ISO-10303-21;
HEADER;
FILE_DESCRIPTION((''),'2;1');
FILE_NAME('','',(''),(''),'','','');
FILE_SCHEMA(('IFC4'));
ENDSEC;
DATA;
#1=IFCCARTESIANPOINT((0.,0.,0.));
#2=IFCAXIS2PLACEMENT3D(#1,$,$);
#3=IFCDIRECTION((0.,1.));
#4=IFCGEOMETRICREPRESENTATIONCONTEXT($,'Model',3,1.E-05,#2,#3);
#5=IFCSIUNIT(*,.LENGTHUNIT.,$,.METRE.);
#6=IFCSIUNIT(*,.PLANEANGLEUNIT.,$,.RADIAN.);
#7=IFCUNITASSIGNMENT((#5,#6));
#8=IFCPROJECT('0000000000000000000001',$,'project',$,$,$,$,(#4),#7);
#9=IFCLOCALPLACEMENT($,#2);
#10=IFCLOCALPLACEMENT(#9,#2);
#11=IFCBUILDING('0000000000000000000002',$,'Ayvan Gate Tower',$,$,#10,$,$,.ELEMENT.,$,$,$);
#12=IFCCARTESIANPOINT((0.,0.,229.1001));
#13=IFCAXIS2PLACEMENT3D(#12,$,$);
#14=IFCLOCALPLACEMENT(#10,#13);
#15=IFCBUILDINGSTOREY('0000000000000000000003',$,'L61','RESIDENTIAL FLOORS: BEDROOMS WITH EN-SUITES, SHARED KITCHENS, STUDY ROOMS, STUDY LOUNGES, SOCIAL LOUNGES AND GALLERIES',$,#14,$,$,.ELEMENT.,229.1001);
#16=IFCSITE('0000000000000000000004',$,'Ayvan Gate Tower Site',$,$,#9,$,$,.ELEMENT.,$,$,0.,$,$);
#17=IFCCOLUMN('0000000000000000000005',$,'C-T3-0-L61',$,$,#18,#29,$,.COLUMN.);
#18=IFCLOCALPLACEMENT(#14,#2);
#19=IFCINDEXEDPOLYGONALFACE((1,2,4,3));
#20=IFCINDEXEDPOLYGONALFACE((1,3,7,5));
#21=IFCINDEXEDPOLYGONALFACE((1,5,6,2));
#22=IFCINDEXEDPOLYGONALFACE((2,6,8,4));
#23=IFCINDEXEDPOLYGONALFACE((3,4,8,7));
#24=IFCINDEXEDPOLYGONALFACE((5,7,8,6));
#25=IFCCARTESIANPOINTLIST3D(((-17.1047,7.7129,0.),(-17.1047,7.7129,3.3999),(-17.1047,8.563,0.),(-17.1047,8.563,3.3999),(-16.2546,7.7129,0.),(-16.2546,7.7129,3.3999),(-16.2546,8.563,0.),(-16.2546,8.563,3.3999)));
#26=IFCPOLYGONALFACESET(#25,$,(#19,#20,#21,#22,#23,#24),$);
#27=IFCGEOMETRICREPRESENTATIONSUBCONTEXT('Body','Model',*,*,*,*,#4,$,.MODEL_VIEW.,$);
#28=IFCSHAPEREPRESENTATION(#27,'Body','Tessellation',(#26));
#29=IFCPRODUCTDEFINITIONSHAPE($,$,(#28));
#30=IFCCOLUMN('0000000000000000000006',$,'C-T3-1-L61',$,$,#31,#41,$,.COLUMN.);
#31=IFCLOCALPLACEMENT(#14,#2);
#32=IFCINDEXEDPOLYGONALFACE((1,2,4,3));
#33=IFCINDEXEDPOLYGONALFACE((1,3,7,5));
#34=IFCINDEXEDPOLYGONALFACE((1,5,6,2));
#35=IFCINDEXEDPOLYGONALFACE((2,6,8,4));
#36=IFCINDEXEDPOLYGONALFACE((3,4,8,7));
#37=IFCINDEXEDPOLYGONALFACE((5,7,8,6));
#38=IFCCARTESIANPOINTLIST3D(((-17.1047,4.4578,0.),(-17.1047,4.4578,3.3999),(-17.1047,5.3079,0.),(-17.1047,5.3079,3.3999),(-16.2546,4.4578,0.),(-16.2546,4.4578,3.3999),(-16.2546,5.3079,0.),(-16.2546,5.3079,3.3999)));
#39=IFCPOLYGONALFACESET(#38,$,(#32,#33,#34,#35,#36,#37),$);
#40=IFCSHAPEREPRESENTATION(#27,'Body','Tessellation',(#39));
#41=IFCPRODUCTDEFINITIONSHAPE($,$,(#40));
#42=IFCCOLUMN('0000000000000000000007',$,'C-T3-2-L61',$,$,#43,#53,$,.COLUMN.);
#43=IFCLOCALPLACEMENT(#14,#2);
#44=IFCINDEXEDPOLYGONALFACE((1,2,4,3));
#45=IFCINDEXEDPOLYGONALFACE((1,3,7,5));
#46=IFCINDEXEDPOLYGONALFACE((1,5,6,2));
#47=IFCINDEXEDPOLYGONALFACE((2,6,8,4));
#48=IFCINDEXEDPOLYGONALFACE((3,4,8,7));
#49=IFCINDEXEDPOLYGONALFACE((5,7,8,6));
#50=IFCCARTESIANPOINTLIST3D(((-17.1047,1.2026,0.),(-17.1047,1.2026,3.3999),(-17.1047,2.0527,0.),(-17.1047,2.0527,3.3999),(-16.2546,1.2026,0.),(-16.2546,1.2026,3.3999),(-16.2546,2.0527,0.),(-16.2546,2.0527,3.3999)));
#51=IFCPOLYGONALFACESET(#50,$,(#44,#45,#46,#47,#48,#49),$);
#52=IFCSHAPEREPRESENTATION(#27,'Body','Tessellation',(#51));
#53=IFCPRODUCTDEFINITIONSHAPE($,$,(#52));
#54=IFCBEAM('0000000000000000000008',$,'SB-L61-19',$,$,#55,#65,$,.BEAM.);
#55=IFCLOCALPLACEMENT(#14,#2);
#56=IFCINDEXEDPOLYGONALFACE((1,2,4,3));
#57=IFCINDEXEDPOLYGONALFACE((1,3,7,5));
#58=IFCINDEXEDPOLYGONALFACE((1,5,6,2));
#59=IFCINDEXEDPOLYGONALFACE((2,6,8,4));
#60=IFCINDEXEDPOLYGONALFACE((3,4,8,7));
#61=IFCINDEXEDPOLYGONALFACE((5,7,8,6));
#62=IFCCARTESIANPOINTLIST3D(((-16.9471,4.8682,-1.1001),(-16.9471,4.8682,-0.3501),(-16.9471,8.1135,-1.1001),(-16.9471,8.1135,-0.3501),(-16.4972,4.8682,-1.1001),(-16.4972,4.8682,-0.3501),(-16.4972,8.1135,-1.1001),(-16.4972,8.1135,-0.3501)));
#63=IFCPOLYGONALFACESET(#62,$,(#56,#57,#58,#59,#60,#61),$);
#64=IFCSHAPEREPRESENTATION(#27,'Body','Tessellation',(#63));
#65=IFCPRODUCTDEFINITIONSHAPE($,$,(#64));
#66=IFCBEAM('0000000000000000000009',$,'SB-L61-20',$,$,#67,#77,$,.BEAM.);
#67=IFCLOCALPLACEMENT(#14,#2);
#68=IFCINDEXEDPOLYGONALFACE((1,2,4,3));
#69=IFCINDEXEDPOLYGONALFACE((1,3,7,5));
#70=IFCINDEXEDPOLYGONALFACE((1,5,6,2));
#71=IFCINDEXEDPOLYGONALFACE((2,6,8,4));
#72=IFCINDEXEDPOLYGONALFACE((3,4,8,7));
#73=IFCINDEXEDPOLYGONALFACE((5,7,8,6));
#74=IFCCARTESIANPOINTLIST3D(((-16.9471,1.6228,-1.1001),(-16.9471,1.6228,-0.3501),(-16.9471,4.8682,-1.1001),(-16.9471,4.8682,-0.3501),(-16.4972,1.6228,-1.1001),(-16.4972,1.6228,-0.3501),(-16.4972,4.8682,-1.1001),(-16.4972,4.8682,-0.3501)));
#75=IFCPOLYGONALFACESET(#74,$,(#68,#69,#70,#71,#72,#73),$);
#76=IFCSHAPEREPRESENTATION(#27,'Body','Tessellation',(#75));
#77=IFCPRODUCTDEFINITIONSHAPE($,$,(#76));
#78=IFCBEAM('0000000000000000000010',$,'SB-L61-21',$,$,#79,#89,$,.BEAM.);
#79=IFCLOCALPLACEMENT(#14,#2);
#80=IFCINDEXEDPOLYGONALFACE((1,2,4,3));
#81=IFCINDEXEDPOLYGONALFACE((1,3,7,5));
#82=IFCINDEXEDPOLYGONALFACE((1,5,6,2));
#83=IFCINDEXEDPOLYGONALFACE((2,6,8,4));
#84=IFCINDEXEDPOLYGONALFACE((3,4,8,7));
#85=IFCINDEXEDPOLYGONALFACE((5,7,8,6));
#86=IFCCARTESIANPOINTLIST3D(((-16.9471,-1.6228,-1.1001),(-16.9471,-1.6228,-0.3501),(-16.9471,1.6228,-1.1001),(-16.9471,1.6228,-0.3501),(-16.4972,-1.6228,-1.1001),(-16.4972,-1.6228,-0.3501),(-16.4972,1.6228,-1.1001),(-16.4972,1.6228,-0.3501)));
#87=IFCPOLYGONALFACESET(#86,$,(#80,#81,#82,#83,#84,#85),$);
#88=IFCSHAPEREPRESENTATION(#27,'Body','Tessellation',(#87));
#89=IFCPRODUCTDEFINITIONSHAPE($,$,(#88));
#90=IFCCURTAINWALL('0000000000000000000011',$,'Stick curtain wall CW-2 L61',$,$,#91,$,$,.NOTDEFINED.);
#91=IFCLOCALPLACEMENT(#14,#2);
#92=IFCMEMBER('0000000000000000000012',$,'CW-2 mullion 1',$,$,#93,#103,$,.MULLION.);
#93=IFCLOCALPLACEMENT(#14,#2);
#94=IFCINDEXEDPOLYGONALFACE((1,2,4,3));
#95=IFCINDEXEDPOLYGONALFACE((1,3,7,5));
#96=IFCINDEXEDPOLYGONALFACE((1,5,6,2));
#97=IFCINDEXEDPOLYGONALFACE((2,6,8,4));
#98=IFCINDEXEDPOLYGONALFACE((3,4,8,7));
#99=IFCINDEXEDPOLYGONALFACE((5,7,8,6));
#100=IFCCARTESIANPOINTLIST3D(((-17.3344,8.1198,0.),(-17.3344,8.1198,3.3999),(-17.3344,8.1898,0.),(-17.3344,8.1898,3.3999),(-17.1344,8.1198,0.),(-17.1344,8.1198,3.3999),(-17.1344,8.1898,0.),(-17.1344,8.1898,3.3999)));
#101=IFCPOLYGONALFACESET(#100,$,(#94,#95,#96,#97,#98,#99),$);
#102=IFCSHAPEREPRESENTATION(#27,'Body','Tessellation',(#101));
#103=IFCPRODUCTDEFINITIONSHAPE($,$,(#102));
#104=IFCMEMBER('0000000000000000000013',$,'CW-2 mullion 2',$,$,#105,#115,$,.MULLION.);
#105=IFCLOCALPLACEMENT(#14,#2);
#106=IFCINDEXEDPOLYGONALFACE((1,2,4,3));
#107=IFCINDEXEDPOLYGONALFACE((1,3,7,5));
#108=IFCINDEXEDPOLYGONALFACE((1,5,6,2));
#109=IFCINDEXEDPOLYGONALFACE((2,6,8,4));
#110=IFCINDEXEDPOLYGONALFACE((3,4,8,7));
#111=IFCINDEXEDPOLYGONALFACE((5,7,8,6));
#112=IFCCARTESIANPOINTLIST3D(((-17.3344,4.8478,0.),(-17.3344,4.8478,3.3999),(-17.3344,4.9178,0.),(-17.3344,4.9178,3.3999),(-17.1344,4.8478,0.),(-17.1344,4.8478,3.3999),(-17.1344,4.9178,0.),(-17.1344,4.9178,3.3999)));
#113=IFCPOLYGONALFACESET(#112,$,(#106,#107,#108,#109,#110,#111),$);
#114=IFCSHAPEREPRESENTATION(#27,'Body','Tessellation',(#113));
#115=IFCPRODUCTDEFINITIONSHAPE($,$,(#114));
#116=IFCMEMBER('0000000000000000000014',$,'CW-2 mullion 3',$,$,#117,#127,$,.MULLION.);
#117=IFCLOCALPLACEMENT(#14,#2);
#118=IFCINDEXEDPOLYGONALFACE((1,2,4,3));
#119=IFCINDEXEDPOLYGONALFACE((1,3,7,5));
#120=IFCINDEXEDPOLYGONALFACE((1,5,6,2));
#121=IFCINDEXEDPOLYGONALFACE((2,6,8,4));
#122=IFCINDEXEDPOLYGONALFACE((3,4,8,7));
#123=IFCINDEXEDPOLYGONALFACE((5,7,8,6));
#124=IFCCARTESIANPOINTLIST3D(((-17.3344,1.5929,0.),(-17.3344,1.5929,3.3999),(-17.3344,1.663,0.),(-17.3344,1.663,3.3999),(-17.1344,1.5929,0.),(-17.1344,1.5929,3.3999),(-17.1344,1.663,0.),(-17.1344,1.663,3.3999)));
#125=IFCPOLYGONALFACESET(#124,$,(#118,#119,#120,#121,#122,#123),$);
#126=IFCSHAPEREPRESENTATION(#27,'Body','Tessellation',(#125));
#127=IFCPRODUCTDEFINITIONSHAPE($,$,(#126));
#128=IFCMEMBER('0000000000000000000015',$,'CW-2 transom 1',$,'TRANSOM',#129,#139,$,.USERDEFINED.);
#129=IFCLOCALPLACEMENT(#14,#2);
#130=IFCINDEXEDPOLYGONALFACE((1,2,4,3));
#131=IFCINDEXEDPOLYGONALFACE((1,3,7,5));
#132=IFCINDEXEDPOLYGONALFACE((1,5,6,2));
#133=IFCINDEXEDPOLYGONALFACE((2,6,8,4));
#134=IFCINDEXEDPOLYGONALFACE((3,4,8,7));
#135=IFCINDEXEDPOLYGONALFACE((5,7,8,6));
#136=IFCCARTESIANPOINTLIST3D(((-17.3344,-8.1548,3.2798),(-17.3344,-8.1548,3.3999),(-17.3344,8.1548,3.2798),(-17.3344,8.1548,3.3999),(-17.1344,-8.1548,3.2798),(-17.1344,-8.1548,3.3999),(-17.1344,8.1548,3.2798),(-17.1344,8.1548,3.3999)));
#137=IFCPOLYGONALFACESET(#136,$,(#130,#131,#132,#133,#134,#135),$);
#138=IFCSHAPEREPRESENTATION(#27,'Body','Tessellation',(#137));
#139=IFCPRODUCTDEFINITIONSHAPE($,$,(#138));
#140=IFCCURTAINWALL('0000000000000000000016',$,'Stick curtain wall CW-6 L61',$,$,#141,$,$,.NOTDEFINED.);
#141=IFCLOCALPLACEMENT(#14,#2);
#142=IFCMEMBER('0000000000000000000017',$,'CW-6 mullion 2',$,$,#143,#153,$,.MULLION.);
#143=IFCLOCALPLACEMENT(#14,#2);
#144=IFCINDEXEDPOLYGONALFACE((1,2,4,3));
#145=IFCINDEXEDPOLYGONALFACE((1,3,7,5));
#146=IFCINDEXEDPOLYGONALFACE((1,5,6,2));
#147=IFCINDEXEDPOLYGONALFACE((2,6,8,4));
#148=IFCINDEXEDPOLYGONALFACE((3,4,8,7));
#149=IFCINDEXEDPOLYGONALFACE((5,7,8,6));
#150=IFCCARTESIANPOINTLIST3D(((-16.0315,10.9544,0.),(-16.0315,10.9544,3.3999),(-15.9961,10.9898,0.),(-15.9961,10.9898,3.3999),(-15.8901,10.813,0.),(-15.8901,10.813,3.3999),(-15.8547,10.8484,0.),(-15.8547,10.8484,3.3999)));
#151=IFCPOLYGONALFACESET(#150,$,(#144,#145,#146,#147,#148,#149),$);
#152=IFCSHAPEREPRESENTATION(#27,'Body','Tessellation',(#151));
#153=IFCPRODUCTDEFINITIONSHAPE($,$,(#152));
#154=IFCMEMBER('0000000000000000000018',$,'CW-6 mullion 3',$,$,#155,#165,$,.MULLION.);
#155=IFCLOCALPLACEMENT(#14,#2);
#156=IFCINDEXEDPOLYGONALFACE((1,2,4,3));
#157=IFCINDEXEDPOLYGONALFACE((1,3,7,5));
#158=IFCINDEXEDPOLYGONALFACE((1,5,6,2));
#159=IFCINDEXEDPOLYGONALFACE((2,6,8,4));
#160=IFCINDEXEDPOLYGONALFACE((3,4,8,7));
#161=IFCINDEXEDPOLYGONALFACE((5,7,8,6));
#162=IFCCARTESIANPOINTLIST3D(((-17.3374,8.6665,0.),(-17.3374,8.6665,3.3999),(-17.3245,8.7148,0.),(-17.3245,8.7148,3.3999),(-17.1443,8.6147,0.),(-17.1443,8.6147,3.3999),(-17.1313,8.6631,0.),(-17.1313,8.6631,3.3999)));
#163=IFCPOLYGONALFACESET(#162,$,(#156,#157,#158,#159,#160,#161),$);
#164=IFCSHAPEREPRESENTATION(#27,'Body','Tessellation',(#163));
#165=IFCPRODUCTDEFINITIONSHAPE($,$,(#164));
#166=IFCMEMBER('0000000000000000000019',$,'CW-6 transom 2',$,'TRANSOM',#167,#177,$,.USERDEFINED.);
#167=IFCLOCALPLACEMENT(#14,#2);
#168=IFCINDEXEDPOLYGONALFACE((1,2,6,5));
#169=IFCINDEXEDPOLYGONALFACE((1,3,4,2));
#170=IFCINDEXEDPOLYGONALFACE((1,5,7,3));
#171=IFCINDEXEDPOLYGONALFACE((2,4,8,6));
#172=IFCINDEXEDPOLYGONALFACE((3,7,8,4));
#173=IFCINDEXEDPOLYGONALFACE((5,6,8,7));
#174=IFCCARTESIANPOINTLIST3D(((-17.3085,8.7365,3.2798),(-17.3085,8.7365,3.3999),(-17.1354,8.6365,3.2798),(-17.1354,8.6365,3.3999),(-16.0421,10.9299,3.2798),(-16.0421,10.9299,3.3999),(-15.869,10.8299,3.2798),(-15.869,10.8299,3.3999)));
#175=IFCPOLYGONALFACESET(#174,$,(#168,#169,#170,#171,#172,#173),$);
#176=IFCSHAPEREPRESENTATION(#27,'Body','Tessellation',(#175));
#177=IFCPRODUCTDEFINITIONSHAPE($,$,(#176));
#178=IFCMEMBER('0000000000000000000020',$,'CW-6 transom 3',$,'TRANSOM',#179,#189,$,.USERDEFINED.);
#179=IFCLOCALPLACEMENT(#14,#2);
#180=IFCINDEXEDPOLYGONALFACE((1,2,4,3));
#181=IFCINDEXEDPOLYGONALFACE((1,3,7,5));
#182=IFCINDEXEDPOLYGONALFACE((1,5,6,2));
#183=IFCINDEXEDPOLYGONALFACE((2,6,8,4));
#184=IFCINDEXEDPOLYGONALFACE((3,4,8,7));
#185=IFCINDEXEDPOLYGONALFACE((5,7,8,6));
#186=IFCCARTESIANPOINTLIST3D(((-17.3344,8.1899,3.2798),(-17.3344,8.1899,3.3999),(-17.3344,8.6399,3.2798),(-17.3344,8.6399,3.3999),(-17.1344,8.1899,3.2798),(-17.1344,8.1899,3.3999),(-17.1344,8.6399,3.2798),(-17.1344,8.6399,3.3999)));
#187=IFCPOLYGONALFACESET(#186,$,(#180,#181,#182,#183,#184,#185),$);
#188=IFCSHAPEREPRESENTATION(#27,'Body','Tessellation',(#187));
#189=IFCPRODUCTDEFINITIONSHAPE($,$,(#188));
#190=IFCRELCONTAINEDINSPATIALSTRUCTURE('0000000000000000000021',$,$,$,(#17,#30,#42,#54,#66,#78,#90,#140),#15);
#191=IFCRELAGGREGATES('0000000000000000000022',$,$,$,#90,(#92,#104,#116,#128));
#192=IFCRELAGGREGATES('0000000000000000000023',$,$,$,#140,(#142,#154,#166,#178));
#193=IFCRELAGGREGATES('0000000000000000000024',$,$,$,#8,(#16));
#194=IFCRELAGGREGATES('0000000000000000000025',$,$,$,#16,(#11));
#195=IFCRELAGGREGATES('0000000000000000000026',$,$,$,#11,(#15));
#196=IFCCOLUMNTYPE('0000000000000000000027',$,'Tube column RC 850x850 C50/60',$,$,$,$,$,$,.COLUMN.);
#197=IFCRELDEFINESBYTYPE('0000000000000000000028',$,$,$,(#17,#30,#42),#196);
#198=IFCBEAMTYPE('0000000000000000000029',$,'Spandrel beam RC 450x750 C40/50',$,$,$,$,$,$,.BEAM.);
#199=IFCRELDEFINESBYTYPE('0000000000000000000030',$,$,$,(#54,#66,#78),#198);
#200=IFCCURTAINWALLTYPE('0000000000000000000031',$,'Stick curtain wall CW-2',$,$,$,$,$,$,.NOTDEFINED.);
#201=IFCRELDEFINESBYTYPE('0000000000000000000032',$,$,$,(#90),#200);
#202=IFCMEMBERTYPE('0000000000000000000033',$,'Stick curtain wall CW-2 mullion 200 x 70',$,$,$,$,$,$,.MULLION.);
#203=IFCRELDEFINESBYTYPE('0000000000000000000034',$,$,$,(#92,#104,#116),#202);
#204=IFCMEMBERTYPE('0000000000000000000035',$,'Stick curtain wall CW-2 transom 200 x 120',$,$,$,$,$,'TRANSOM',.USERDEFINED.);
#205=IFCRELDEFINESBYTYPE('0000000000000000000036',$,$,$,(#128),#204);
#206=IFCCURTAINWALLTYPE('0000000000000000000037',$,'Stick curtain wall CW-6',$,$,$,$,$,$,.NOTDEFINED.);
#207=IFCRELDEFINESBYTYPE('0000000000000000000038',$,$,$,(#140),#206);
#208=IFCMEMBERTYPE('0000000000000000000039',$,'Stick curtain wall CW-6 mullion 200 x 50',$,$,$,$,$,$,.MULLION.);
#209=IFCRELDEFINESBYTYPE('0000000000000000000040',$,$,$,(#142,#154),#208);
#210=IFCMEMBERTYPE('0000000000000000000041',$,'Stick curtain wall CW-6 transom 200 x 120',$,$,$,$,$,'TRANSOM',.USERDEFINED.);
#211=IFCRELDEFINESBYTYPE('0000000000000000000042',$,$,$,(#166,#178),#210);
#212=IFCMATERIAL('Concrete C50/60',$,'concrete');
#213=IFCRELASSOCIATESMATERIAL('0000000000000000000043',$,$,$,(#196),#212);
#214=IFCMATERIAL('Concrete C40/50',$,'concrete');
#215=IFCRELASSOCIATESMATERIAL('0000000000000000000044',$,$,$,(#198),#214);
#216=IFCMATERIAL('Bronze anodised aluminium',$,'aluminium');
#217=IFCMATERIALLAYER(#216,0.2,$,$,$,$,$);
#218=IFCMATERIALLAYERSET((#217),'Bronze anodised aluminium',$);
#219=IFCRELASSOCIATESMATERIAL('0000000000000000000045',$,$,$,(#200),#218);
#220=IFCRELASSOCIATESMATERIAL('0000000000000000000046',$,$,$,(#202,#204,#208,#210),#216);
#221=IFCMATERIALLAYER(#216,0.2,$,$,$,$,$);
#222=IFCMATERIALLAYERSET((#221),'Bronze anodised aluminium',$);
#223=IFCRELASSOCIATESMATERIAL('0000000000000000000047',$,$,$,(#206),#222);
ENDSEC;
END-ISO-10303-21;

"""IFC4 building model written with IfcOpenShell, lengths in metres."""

from ifc_helpers import new_model, si_unit, direction, frame, origin, origin_2d, place, context, subcontext, project, spatial, rectangle, extrude, material, layer, layer_set, material_profile, profile_set, type_object, element, aggregate, save


model = new_model("IFC4")

# Units and contexts
model_context = context("Model", 3, precision=1e-05, world=origin(), true_north=direction((0.0, 1.0)))
body_context = subcontext(model_context, "Body", "Model", "MODEL_VIEW")
ifc_project = project(units=[si_unit("LENGTHUNIT", "METRE"), si_unit("PLANEANGLEUNIT", "RADIAN")], contexts=[model_context])

# Site, building, storey
site_placement = place(None, origin())
site = spatial("IfcSite", under=ifc_project, at=site_placement, Name="Ayvan Gate Tower Site", CompositionType="ELEMENT", RefElevation=0.0)
building_placement = place(site_placement, origin())
building = spatial("IfcBuilding", under=site, at=building_placement, Name="Ayvan Gate Tower", CompositionType="ELEMENT")
storey_placement = place(building_placement, frame((0.0, 0.0, 229.1001)))
storey = spatial("IfcBuildingStorey", under=building, at=storey_placement, Name="L61", Description="RESIDENTIAL FLOORS: BEDROOMS WITH EN-SUITES, SHARED KITCHENS, STUDY ROOMS, STUDY LOUNGES, SOCIAL LOUNGES AND GALLERIES", CompositionType="ELEMENT", Elevation=229.1001)

# Columns
ifc_material_1 = material(Name="Concrete C50/60", Category="concrete")
ifc_material_profile_1 = material_profile(ifc_material_1, rectangle(XDim=0.8501, YDim=0.8501, at=origin_2d()), Name="RC 850x850")
ifc_profile_set_1 = profile_set([ifc_material_profile_1], Name="Concrete C50/60")
column_type = type_object("IfcColumnType", Name="Tube column RC 850x850 C50/60", PredefinedType="COLUMN", material=ifc_profile_set_1)
for number, where, z_axis, x_axis, name in (
    (1, (-16.6797, 8.1379, 0.0), (0.0, 0.0, 1.0), (-1.0, 0.0, 0.0), "C-T3-0-L61"),
    (2, (-16.6797, 4.8828, 0.0), (0.0, 0.0, 1.0), (-1.0, 0.0, 0.0), "C-T3-1-L61"),
    (3, (-16.6797, 1.6277, 0.0), (0.0, 0.0, 1.0), (-1.0, 0.0, 0.0), "C-T3-2-L61"),
):
    element("IfcColumn", number, at=place(storey_placement, frame(where, z_axis=z_axis, x_axis=x_axis)), inside=storey, type_object=column_type, Name=name, PredefinedType="COLUMN", context=body_context, shape_type="SweptSolid", body=[
        extrude(rectangle(XDim=0.8501, YDim=0.8501, at=origin_2d()), origin(), (0.0, 0.0, 1.0), 3.3999),
    ])

# Beams
ifc_material_2 = material(Name="Concrete C40/50", Category="concrete")
ifc_material_profile_2 = material_profile(ifc_material_2, rectangle(XDim=0.45, YDim=0.75, at=origin_2d()), Name="RC 450x750")
ifc_profile_set_2 = profile_set([ifc_material_profile_2], Name="Concrete C40/50")
beam_type = type_object("IfcBeamType", Name="Spandrel beam RC 450x750 C40/50", PredefinedType="BEAM", material=ifc_profile_set_2)
for number, where, z_axis, x_axis, name in (
    (4, (-16.7222, 8.1135, -0.7251), (0.0, -1.0, 0.0), (1.0, 0.0, 0.0), "SB-L61-19"),
    (5, (-16.7222, 4.8682, -0.7251), (0.0, -1.0, 0.0), (1.0, 0.0, 0.0), "SB-L61-20"),
):
    element("IfcBeam", number, at=place(storey_placement, frame(where, z_axis=z_axis, x_axis=x_axis)), inside=storey, type_object=beam_type, Name=name, PredefinedType="BEAM", context=body_context, shape_type="SweptSolid", body=[
        extrude(rectangle(XDim=0.45, YDim=0.75, at=origin_2d()), origin(), (0.0, 0.0, 1.0), 3.2454),
    ])
beam_placement = place(storey_placement, frame((-16.7222, 1.6228, -0.7251), z_axis=(0.0, -1.0, 0.0), x_axis=(1.0, 0.0, 0.0)))
element("IfcBeam", 6, at=beam_placement, inside=storey, type_object=beam_type, Name="SB-L61-21", PredefinedType="BEAM", context=body_context, shape_type="SweptSolid", body=[
    extrude(rectangle(XDim=0.45, YDim=0.75, at=origin_2d()), origin(), (0.0, 0.0, 1.0), 3.2456),
])

# Curtain walls, members
ifc_material_3 = material(Name="Bronze anodised aluminium", Category="aluminium")
ifc_layer_1 = layer(ifc_material_3, 0.2)
ifc_layer_set_1 = layer_set([ifc_layer_1], Name="Bronze anodised aluminium")
curtain_wall_type_1 = type_object("IfcCurtainWallType", Name="Stick curtain wall CW-2", PredefinedType="NOTDEFINED", material=ifc_layer_set_1)
curtain_wall_1_placement = place(storey_placement, origin())
curtain_wall_1 = element("IfcCurtainWall", 7, at=curtain_wall_1_placement, inside=storey, type_object=curtain_wall_type_1, Name="Stick curtain wall CW-2 L61", PredefinedType="NOTDEFINED")
ifc_material_profile_3 = material_profile(ifc_material_3, rectangle(XDim=0.2, YDim=0.0701, at=origin_2d()), Name="Stick curtain wall CW-2 mullion 200 x 70")
ifc_profile_set_3 = profile_set([ifc_material_profile_3], Name="Bronze anodised aluminium")
member_type_1 = type_object("IfcMemberType", Name="Stick curtain wall CW-2 mullion 200 x 70", PredefinedType="MULLION", material=ifc_profile_set_3)
member_1_placement = place(storey_placement, frame((-17.2344, 8.1548, 0.0), z_axis=(0.0, 0.0, 1.0), x_axis=(-1.0, 0.0, 0.0)))
member_1 = element("IfcMember", 8, at=member_1_placement, type_object=member_type_1, Name="CW-2 mullion 1", PredefinedType="MULLION", context=body_context, shape_type="SweptSolid", body=[
    extrude(rectangle(XDim=0.2, YDim=0.0701, at=origin_2d()), origin(), (0.0, 0.0, 1.0), 3.3999),
])
member_2_placement = place(storey_placement, frame((-17.2344, 4.8828, 0.0), z_axis=(0.0, 0.0, 1.0), x_axis=(-1.0, 0.0, 0.0)))
member_2 = element("IfcMember", 9, at=member_2_placement, type_object=member_type_1, Name="CW-2 mullion 2", PredefinedType="MULLION", context=body_context, shape_type="SweptSolid", body=[
    extrude(rectangle(XDim=0.2, YDim=0.0701, at=origin_2d()), origin(), (0.0, 0.0, 1.0), 3.3999),
])
member_3_placement = place(storey_placement, frame((-17.2344, 1.6279, 0.0), z_axis=(0.0, 0.0, 1.0), x_axis=(-1.0, 0.0, 0.0)))
member_3 = element("IfcMember", 10, at=member_3_placement, type_object=member_type_1, Name="CW-2 mullion 3", PredefinedType="MULLION", context=body_context, shape_type="SweptSolid", body=[
    extrude(rectangle(XDim=0.2, YDim=0.0701, at=origin_2d()), origin(), (0.0, 0.0, 1.0), 3.3999),
])
ifc_material_profile_4 = material_profile(ifc_material_3, rectangle(XDim=0.2, YDim=0.1201, at=origin_2d()), Name="Stick curtain wall CW-2 transom 200 x 120")
ifc_profile_set_4 = profile_set([ifc_material_profile_4], Name="Bronze anodised aluminium")
member_type_2 = type_object("IfcMemberType", Name="Stick curtain wall CW-2 transom 200 x 120", ElementType="TRANSOM", PredefinedType="USERDEFINED", material=ifc_profile_set_4)
member_4_placement = place(storey_placement, frame((-17.2344, 8.1548, 3.3398), z_axis=(0.0, -1.0, 0.0), x_axis=(1.0, 0.0, 0.0)))
member_4 = element("IfcMember", 11, at=member_4_placement, type_object=member_type_2, Name="CW-2 transom 1", ObjectType="TRANSOM", PredefinedType="USERDEFINED", context=body_context, shape_type="SweptSolid", body=[
    extrude(rectangle(XDim=0.2, YDim=0.1201, at=origin_2d()), origin(), (0.0, 0.0, 1.0), 16.3096),
])
ifc_layer_2 = layer(ifc_material_3, 0.2)
ifc_layer_set_2 = layer_set([ifc_layer_2], Name="Bronze anodised aluminium")
curtain_wall_type_2 = type_object("IfcCurtainWallType", Name="Stick curtain wall CW-6", PredefinedType="NOTDEFINED", material=ifc_layer_set_2)
curtain_wall_2_placement = place(storey_placement, origin())
curtain_wall_2 = element("IfcCurtainWall", 12, at=curtain_wall_2_placement, inside=storey, type_object=curtain_wall_type_2, Name="Stick curtain wall CW-6 L61", PredefinedType="NOTDEFINED")
ifc_material_profile_5 = material_profile(ifc_material_3, rectangle(XDim=0.2, YDim=0.05, at=origin_2d()), Name="Stick curtain wall CW-6 mullion 200 x 50")
ifc_profile_set_5 = profile_set([ifc_material_profile_5], Name="Bronze anodised aluminium")
member_type_3 = type_object("IfcMemberType", Name="Stick curtain wall CW-6 mullion 200 x 50", PredefinedType="MULLION", material=ifc_profile_set_5)
member_5_placement = place(storey_placement, frame((-15.9431, 10.9014, 0.0), z_axis=(0.0, 0.0, 1.0), x_axis=(-0.707107, 0.707107, 0.0)))
member_5 = element("IfcMember", 13, at=member_5_placement, type_object=member_type_3, Name="CW-6 mullion 2", PredefinedType="MULLION", context=body_context, shape_type="SweptSolid", body=[
    extrude(rectangle(XDim=0.2, YDim=0.05, at=origin_2d()), origin(), (0.0, 0.0, 1.0), 3.3999),
])
member_6_placement = place(storey_placement, frame((-17.2344, 8.6648, 0.0), z_axis=(0.0, 0.0, 1.0), x_axis=(-0.965926, 0.258819, 0.0)))
member_6 = element("IfcMember", 14, at=member_6_placement, type_object=member_type_3, Name="CW-6 mullion 3", PredefinedType="MULLION", context=body_context, shape_type="SweptSolid", body=[
    extrude(rectangle(XDim=0.2, YDim=0.05, at=origin_2d()), origin(), (0.0, 0.0, 1.0), 3.3999),
])
ifc_material_profile_6 = material_profile(ifc_material_3, rectangle(XDim=0.2, YDim=0.1201, at=origin_2d()), Name="Stick curtain wall CW-6 transom 200 x 120")
ifc_profile_set_6 = profile_set([ifc_material_profile_6], Name="Bronze anodised aluminium")
member_type_4 = type_object("IfcMemberType", Name="Stick curtain wall CW-6 transom 200 x 120", ElementType="TRANSOM", PredefinedType="USERDEFINED", material=ifc_profile_set_6)
member_7_placement = place(storey_placement, frame((-15.9556, 10.8799, 3.3398), z_axis=(-0.500006, -0.866022, 0.0), x_axis=(0.866022, -0.500006, 0.0)))
member_7 = element("IfcMember", 15, at=member_7_placement, type_object=member_type_4, Name="CW-6 transom 2", ObjectType="TRANSOM", PredefinedType="USERDEFINED", context=body_context, shape_type="SweptSolid", body=[
    extrude(rectangle(XDim=0.2, YDim=0.1201, at=origin_2d()), origin(), (0.0, 0.0, 1.0), 2.5327),
])
member_8_placement = place(storey_placement, frame((-17.2344, 8.6399, 3.3398), z_axis=(0.0, -1.0, 0.0), x_axis=(1.0, 0.0, 0.0)))
member_8 = element("IfcMember", 16, at=member_8_placement, type_object=member_type_4, Name="CW-6 transom 3", ObjectType="TRANSOM", PredefinedType="USERDEFINED", context=body_context, shape_type="SweptSolid", body=[
    extrude(rectangle(XDim=0.2, YDim=0.1201, at=origin_2d()), origin(), (0.0, 0.0, 1.0), 0.45),
])

aggregate(curtain_wall_1, [member_1, member_2, member_3, member_4])
aggregate(curtain_wall_2, [member_5, member_6, member_7, member_8])

save(model, "model.ifc")
